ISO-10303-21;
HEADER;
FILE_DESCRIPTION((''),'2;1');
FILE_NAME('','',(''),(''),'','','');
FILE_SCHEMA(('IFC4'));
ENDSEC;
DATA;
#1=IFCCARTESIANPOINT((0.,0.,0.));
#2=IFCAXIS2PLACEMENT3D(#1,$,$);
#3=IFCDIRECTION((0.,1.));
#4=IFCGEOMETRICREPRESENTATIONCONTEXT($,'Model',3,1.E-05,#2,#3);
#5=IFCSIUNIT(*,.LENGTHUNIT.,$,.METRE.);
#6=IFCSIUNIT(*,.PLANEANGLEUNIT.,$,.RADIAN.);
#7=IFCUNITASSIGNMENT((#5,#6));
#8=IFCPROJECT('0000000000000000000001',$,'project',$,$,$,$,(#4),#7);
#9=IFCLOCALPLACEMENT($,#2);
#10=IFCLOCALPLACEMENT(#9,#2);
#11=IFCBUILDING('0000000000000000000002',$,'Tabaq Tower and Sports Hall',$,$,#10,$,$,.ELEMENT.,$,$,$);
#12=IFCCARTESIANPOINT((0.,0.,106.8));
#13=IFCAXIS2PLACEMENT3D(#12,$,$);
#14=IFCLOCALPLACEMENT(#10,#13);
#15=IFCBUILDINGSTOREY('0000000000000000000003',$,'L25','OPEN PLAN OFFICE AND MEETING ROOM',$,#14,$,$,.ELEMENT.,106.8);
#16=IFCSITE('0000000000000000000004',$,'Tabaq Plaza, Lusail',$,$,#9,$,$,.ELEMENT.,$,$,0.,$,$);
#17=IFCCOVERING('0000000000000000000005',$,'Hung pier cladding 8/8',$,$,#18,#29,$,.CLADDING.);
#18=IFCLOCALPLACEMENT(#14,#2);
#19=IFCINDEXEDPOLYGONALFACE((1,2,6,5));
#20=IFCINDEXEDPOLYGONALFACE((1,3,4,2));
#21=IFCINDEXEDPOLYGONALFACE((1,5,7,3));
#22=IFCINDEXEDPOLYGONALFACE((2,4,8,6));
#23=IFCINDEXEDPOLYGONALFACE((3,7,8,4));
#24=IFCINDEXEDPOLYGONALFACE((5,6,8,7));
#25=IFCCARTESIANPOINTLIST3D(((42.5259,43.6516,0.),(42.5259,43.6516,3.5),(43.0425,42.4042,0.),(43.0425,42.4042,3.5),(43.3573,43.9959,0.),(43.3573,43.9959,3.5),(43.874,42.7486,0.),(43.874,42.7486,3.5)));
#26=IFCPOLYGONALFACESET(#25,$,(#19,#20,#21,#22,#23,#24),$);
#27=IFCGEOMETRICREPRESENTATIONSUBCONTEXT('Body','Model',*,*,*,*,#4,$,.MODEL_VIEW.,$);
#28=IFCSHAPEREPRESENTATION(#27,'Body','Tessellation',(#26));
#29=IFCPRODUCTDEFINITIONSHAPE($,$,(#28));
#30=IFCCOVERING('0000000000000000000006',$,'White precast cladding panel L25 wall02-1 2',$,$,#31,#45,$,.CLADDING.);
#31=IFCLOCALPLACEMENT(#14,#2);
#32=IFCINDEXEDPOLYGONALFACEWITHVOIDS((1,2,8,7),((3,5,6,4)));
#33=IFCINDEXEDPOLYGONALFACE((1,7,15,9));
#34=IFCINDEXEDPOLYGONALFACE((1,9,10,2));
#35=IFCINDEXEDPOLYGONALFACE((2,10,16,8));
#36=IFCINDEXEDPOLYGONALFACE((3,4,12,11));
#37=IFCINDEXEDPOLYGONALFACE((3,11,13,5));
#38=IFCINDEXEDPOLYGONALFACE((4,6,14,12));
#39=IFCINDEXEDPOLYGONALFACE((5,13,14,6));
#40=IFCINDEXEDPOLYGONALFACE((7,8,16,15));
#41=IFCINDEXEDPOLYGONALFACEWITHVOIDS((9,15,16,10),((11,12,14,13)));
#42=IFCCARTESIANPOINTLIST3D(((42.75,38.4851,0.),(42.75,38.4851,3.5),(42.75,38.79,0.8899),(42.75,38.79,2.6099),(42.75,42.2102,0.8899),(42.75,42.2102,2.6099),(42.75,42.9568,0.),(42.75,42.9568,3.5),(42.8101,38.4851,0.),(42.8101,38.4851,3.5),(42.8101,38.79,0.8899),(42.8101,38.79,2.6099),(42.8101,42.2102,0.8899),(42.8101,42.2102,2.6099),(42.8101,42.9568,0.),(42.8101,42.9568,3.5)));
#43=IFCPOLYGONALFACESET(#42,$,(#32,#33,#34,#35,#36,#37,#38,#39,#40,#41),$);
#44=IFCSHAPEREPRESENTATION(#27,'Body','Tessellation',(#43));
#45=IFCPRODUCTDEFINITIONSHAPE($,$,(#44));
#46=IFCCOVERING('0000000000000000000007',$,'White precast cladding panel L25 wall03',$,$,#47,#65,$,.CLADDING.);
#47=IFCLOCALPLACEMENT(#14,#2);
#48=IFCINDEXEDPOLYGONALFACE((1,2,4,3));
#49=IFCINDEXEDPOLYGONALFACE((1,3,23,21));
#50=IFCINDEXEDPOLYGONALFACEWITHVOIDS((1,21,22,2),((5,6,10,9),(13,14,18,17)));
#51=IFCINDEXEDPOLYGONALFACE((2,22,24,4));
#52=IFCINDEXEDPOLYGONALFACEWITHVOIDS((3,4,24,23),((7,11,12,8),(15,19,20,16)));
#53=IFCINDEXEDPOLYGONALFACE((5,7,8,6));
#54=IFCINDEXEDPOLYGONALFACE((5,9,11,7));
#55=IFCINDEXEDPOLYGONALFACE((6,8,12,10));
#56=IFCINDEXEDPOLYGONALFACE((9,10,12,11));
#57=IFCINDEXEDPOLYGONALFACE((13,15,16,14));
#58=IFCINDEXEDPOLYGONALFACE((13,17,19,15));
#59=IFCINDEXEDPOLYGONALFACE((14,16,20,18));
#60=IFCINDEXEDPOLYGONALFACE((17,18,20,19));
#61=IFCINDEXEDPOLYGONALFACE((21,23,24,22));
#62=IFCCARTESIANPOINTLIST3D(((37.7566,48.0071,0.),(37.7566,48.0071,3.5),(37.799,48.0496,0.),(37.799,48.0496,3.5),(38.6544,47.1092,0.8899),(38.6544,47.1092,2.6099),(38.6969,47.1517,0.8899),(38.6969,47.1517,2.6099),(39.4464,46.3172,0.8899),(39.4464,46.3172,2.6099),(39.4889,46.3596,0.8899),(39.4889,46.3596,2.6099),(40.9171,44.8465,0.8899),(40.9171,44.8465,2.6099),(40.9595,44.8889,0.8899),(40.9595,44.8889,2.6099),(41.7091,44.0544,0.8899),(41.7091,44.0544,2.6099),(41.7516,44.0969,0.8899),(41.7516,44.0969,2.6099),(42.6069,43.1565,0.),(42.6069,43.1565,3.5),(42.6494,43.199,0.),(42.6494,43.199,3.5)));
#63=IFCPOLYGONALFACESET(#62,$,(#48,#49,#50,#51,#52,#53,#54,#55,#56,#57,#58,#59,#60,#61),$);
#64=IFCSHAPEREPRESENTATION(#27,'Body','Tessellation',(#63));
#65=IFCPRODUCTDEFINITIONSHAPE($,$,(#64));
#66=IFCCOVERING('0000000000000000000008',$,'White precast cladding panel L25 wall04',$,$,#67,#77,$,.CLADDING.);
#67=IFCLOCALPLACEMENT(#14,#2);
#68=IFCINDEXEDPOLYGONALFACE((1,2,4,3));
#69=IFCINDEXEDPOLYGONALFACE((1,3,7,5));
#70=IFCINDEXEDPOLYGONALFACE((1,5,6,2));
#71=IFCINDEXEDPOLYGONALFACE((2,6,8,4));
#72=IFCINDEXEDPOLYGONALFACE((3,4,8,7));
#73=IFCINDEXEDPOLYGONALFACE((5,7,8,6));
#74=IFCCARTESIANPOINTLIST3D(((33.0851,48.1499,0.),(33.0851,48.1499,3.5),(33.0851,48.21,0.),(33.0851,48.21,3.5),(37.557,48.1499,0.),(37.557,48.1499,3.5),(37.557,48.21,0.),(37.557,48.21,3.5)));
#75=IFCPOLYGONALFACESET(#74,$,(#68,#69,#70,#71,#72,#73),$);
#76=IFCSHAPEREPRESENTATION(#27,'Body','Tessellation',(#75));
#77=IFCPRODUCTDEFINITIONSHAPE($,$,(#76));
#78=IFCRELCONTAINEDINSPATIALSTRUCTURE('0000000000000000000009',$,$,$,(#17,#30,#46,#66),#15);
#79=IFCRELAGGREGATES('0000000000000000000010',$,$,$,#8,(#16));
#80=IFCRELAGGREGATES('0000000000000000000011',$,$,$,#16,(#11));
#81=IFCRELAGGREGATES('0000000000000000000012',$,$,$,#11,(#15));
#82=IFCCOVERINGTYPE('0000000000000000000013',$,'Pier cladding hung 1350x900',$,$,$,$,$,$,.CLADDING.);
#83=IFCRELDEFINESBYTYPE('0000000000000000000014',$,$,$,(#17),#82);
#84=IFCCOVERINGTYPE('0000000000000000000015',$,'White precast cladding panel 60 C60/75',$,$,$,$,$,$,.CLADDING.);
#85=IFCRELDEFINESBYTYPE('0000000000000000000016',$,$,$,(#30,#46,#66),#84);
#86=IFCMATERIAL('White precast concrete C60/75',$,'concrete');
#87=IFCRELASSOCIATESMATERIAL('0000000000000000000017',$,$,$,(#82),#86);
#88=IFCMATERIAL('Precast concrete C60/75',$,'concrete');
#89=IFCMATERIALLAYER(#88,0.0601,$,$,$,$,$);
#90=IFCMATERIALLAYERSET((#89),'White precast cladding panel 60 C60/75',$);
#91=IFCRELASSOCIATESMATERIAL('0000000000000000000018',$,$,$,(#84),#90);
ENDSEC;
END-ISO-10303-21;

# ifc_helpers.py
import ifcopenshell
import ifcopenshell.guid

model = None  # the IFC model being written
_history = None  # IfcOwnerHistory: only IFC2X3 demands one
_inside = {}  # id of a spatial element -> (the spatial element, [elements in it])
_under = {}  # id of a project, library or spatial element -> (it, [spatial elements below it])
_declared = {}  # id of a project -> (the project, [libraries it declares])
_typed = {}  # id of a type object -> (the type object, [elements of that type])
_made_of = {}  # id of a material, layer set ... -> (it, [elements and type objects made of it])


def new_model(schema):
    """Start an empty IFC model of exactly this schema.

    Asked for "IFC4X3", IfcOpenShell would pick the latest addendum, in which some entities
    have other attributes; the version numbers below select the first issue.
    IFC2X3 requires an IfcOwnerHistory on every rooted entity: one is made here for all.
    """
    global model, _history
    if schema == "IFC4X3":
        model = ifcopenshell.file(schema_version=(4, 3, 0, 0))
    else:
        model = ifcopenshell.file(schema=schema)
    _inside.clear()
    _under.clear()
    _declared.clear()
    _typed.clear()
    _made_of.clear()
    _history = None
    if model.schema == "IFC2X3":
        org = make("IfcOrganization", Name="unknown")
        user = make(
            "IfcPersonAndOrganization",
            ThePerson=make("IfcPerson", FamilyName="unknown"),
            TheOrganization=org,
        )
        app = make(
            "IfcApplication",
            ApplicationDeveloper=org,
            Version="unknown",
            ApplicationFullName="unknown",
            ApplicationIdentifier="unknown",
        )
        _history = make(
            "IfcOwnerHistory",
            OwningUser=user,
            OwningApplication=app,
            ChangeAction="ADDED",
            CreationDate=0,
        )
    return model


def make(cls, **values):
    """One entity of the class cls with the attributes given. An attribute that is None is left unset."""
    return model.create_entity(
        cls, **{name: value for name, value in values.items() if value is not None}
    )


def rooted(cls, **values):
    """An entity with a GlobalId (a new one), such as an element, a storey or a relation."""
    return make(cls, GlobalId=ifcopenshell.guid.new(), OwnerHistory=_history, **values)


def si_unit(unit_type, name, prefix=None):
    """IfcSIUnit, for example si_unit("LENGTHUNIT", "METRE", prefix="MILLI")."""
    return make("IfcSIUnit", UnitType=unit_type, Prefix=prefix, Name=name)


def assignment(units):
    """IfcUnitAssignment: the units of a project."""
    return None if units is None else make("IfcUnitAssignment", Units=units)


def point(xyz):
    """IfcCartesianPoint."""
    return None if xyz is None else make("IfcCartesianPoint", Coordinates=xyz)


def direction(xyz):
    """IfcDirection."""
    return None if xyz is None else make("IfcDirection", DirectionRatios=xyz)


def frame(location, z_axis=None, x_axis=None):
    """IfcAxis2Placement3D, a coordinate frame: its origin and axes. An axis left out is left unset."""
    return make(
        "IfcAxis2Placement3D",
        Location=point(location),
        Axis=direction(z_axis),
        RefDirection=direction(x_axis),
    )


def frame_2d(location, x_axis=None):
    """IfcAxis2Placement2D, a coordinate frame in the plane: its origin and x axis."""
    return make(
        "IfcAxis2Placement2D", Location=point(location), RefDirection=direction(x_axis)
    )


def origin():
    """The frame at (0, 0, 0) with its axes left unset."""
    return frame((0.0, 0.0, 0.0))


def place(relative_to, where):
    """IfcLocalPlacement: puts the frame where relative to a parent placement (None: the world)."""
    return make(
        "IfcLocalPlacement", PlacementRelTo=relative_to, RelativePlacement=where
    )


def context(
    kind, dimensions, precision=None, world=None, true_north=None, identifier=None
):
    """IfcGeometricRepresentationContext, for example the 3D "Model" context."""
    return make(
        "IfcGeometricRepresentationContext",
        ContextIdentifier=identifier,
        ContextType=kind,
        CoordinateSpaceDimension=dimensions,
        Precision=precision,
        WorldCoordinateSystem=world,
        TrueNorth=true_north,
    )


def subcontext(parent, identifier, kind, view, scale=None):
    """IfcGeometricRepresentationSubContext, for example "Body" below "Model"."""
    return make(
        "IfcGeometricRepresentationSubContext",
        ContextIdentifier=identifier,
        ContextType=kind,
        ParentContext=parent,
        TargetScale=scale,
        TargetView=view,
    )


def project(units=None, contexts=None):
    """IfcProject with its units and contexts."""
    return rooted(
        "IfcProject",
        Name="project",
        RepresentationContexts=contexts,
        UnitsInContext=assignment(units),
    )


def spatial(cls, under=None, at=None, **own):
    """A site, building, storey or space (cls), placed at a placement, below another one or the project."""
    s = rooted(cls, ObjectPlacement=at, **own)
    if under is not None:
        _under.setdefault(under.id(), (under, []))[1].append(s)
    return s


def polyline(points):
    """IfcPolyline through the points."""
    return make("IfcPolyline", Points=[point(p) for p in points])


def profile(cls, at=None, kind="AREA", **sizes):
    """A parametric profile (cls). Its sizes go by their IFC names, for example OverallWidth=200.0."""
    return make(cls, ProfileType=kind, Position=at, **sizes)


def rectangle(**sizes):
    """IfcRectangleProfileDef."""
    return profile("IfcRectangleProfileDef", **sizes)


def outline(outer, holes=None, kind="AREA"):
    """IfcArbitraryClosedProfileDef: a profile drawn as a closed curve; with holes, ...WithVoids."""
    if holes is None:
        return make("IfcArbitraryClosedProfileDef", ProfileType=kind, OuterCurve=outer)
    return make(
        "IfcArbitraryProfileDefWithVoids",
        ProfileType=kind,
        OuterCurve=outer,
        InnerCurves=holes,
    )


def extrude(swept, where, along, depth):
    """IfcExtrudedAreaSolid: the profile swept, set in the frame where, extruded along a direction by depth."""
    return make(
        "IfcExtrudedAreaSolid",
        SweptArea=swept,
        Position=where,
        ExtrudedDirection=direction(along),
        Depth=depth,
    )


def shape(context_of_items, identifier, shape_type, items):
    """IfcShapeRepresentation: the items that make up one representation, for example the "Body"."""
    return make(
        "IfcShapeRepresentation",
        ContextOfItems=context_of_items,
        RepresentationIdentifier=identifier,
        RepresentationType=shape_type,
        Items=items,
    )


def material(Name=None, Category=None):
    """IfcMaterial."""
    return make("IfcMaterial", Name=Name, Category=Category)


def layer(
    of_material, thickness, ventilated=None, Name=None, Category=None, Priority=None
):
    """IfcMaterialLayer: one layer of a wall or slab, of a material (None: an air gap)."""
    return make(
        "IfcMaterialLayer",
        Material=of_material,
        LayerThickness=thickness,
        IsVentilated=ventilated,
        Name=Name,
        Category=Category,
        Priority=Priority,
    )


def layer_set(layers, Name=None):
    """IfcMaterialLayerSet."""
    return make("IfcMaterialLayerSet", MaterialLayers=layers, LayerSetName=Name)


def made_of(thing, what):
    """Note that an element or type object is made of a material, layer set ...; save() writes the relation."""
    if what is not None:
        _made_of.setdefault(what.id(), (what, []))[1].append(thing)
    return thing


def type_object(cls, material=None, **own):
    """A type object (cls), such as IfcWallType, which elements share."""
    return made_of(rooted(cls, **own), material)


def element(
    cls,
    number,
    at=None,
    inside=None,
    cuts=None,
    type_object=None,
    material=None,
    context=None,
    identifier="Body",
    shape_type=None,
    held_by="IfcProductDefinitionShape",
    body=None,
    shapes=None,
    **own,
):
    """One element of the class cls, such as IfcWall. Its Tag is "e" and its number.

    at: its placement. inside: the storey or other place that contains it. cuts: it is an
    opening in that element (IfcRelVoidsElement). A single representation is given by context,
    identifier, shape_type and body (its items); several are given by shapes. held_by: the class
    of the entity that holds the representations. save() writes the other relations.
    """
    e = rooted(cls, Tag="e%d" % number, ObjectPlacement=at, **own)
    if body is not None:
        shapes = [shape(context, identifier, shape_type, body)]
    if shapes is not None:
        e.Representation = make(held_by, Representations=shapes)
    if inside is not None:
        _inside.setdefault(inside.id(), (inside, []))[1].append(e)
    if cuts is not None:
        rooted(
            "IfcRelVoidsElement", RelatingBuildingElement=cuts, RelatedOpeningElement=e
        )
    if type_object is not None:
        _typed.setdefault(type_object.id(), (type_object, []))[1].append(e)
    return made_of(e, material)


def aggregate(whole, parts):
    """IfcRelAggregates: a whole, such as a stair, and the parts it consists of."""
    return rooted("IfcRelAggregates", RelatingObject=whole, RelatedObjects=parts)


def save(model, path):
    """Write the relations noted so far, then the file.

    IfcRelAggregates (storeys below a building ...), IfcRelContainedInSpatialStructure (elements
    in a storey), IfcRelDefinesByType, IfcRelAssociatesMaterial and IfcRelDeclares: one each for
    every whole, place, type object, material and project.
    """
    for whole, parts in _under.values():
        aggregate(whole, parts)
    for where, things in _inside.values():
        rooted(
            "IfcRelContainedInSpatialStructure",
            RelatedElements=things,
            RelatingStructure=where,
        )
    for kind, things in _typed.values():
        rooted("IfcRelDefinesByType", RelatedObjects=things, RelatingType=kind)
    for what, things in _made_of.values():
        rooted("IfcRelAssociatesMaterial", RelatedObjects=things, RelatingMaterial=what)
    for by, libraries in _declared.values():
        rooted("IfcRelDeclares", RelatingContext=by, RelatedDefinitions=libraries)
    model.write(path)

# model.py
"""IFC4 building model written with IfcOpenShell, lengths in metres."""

from ifc_helpers import new_model, si_unit, direction, frame, frame_2d, origin, place, context, subcontext, project, spatial, polyline, rectangle, outline, extrude, material, layer, layer_set, type_object, element, save


model = new_model("IFC4")

# Units and contexts
model_context = context("Model", 3, precision=1e-05, world=origin(), true_north=direction((0.0, 1.0)))
body_context = subcontext(model_context, "Body", "Model", "MODEL_VIEW")
ifc_project = project(units=[si_unit("LENGTHUNIT", "METRE"), si_unit("PLANEANGLEUNIT", "RADIAN")], contexts=[model_context])

# Site, building, storey
site_placement = place(None, origin())
site = spatial("IfcSite", under=ifc_project, at=site_placement, Name="Tabaq Plaza, Lusail", CompositionType="ELEMENT", RefElevation=0.0)
building_placement = place(site_placement, origin())
building = spatial("IfcBuilding", under=site, at=building_placement, Name="Tabaq Tower and Sports Hall", CompositionType="ELEMENT")
storey_placement = place(building_placement, frame((0.0, 0.0, 106.8)))
storey = spatial("IfcBuildingStorey", under=building, at=storey_placement, Name="L25", Description="OPEN PLAN OFFICE AND MEETING ROOM", CompositionType="ELEMENT", Elevation=106.8)

# Coverings
ifc_material_1 = material(Name="White precast concrete C60/75", Category="concrete")
covering_type_1 = type_object("IfcCoveringType", Name="Pier cladding hung 1350x900", PredefinedType="CLADDING", material=ifc_material_1)
for number, where, z_axis, x_axis, name in (
    (1, (43.4583, 42.5764, 0.0), (0.0, 0.0, 1.0), (-0.38265, 0.923893, 0.0), "Hung pier cladding 8/8"),
):
    element("IfcCovering", number, at=place(storey_placement, frame(where, z_axis=z_axis, x_axis=x_axis)), inside=storey, type_object=covering_type_1, Name=name, PredefinedType="CLADDING", context=body_context, shape_type="SweptSolid", body=[
        extrude(rectangle(XDim=1.3501, YDim=0.8999, at=frame_2d((0.675, 0.0))), origin(), (0.0, 0.0, 1.0), 3.5),
    ])
ifc_material_2 = material(Name="Precast concrete C60/75", Category="concrete")
ifc_layer_1 = layer(ifc_material_2, 0.0601)
ifc_layer_set_1 = layer_set([ifc_layer_1], Name="White precast cladding panel 60 C60/75")
covering_type_2 = type_object("IfcCoveringType", Name="White precast cladding panel 60 C60/75", PredefinedType="CLADDING", material=ifc_layer_set_1)
covering_1_placement = place(storey_placement, frame((42.78, 38.4851, 0.0), z_axis=(0.0, 0.0, 1.0), x_axis=(0.0, 1.0, 0.0)))
element("IfcCovering", 2, at=covering_1_placement, inside=storey, type_object=covering_type_2, Name="White precast cladding panel L25 wall02-1 2", PredefinedType="CLADDING", context=body_context, shape_type="SweptSolid", body=[
    extrude(outline(polyline([(0.0, 0.0), (4.4717, 0.0), (4.4717, 3.5), (0.0, 3.5), (0.0, 0.0)]), holes=[polyline([(0.3049, 0.8899), (0.3049, 2.6099), (3.7251, 2.6099), (3.7251, 0.8899), (0.3049, 0.8899)])]), frame((0.0, 0.03, 0.0), z_axis=(0.0, -1.0, 0.0), x_axis=(1.0, 0.0, 0.0)), (0.0, 0.0, 1.0), 0.0601),
])
covering_2_placement = place(storey_placement, frame((42.6282, 43.1777, 0.0), z_axis=(0.0, 0.0, 1.0), x_axis=(-0.707089, 0.707125, 0.0)))
element("IfcCovering", 3, at=covering_2_placement, inside=storey, type_object=covering_type_2, Name="White precast cladding panel L25 wall03", PredefinedType="CLADDING", context=body_context, shape_type="SweptSolid", body=[
    extrude(outline(polyline([(0.0, 0.0), (6.8596, 0.0), (6.8596, 3.5), (0.0, 3.5), (0.0, 0.0)]), holes=[polyline([(1.2698, 2.6099), (2.3899, 2.6099), (2.3899, 0.8899), (1.2698, 0.8899), (1.2698, 2.6099)]), polyline([(4.4697, 2.6099), (5.5898, 2.6099), (5.5898, 0.8899), (4.4697, 0.8899), (4.4697, 2.6099)])]), frame((0.0, 0.03, 0.0), z_axis=(0.0, -1.0, 0.0), x_axis=(1.0, 0.0, 0.0)), (0.0, 0.0, 1.0), 0.0601),
])
covering_3_placement = place(storey_placement, frame((37.5569, 48.1799, 0.0), z_axis=(0.0, 0.0, 1.0), x_axis=(-1.0, 0.0, 0.0)))
element("IfcCovering", 4, at=covering_3_placement, inside=storey, type_object=covering_type_2, Name="White precast cladding panel L25 wall04", PredefinedType="CLADDING", context=body_context, shape_type="SweptSolid", body=[
    extrude(rectangle(XDim=4.4719, YDim=0.0601, at=frame_2d((2.2358, 0.0))), origin(), (0.0, 0.0, 1.0), 3.5),
])

save(model, "model.ifc")
